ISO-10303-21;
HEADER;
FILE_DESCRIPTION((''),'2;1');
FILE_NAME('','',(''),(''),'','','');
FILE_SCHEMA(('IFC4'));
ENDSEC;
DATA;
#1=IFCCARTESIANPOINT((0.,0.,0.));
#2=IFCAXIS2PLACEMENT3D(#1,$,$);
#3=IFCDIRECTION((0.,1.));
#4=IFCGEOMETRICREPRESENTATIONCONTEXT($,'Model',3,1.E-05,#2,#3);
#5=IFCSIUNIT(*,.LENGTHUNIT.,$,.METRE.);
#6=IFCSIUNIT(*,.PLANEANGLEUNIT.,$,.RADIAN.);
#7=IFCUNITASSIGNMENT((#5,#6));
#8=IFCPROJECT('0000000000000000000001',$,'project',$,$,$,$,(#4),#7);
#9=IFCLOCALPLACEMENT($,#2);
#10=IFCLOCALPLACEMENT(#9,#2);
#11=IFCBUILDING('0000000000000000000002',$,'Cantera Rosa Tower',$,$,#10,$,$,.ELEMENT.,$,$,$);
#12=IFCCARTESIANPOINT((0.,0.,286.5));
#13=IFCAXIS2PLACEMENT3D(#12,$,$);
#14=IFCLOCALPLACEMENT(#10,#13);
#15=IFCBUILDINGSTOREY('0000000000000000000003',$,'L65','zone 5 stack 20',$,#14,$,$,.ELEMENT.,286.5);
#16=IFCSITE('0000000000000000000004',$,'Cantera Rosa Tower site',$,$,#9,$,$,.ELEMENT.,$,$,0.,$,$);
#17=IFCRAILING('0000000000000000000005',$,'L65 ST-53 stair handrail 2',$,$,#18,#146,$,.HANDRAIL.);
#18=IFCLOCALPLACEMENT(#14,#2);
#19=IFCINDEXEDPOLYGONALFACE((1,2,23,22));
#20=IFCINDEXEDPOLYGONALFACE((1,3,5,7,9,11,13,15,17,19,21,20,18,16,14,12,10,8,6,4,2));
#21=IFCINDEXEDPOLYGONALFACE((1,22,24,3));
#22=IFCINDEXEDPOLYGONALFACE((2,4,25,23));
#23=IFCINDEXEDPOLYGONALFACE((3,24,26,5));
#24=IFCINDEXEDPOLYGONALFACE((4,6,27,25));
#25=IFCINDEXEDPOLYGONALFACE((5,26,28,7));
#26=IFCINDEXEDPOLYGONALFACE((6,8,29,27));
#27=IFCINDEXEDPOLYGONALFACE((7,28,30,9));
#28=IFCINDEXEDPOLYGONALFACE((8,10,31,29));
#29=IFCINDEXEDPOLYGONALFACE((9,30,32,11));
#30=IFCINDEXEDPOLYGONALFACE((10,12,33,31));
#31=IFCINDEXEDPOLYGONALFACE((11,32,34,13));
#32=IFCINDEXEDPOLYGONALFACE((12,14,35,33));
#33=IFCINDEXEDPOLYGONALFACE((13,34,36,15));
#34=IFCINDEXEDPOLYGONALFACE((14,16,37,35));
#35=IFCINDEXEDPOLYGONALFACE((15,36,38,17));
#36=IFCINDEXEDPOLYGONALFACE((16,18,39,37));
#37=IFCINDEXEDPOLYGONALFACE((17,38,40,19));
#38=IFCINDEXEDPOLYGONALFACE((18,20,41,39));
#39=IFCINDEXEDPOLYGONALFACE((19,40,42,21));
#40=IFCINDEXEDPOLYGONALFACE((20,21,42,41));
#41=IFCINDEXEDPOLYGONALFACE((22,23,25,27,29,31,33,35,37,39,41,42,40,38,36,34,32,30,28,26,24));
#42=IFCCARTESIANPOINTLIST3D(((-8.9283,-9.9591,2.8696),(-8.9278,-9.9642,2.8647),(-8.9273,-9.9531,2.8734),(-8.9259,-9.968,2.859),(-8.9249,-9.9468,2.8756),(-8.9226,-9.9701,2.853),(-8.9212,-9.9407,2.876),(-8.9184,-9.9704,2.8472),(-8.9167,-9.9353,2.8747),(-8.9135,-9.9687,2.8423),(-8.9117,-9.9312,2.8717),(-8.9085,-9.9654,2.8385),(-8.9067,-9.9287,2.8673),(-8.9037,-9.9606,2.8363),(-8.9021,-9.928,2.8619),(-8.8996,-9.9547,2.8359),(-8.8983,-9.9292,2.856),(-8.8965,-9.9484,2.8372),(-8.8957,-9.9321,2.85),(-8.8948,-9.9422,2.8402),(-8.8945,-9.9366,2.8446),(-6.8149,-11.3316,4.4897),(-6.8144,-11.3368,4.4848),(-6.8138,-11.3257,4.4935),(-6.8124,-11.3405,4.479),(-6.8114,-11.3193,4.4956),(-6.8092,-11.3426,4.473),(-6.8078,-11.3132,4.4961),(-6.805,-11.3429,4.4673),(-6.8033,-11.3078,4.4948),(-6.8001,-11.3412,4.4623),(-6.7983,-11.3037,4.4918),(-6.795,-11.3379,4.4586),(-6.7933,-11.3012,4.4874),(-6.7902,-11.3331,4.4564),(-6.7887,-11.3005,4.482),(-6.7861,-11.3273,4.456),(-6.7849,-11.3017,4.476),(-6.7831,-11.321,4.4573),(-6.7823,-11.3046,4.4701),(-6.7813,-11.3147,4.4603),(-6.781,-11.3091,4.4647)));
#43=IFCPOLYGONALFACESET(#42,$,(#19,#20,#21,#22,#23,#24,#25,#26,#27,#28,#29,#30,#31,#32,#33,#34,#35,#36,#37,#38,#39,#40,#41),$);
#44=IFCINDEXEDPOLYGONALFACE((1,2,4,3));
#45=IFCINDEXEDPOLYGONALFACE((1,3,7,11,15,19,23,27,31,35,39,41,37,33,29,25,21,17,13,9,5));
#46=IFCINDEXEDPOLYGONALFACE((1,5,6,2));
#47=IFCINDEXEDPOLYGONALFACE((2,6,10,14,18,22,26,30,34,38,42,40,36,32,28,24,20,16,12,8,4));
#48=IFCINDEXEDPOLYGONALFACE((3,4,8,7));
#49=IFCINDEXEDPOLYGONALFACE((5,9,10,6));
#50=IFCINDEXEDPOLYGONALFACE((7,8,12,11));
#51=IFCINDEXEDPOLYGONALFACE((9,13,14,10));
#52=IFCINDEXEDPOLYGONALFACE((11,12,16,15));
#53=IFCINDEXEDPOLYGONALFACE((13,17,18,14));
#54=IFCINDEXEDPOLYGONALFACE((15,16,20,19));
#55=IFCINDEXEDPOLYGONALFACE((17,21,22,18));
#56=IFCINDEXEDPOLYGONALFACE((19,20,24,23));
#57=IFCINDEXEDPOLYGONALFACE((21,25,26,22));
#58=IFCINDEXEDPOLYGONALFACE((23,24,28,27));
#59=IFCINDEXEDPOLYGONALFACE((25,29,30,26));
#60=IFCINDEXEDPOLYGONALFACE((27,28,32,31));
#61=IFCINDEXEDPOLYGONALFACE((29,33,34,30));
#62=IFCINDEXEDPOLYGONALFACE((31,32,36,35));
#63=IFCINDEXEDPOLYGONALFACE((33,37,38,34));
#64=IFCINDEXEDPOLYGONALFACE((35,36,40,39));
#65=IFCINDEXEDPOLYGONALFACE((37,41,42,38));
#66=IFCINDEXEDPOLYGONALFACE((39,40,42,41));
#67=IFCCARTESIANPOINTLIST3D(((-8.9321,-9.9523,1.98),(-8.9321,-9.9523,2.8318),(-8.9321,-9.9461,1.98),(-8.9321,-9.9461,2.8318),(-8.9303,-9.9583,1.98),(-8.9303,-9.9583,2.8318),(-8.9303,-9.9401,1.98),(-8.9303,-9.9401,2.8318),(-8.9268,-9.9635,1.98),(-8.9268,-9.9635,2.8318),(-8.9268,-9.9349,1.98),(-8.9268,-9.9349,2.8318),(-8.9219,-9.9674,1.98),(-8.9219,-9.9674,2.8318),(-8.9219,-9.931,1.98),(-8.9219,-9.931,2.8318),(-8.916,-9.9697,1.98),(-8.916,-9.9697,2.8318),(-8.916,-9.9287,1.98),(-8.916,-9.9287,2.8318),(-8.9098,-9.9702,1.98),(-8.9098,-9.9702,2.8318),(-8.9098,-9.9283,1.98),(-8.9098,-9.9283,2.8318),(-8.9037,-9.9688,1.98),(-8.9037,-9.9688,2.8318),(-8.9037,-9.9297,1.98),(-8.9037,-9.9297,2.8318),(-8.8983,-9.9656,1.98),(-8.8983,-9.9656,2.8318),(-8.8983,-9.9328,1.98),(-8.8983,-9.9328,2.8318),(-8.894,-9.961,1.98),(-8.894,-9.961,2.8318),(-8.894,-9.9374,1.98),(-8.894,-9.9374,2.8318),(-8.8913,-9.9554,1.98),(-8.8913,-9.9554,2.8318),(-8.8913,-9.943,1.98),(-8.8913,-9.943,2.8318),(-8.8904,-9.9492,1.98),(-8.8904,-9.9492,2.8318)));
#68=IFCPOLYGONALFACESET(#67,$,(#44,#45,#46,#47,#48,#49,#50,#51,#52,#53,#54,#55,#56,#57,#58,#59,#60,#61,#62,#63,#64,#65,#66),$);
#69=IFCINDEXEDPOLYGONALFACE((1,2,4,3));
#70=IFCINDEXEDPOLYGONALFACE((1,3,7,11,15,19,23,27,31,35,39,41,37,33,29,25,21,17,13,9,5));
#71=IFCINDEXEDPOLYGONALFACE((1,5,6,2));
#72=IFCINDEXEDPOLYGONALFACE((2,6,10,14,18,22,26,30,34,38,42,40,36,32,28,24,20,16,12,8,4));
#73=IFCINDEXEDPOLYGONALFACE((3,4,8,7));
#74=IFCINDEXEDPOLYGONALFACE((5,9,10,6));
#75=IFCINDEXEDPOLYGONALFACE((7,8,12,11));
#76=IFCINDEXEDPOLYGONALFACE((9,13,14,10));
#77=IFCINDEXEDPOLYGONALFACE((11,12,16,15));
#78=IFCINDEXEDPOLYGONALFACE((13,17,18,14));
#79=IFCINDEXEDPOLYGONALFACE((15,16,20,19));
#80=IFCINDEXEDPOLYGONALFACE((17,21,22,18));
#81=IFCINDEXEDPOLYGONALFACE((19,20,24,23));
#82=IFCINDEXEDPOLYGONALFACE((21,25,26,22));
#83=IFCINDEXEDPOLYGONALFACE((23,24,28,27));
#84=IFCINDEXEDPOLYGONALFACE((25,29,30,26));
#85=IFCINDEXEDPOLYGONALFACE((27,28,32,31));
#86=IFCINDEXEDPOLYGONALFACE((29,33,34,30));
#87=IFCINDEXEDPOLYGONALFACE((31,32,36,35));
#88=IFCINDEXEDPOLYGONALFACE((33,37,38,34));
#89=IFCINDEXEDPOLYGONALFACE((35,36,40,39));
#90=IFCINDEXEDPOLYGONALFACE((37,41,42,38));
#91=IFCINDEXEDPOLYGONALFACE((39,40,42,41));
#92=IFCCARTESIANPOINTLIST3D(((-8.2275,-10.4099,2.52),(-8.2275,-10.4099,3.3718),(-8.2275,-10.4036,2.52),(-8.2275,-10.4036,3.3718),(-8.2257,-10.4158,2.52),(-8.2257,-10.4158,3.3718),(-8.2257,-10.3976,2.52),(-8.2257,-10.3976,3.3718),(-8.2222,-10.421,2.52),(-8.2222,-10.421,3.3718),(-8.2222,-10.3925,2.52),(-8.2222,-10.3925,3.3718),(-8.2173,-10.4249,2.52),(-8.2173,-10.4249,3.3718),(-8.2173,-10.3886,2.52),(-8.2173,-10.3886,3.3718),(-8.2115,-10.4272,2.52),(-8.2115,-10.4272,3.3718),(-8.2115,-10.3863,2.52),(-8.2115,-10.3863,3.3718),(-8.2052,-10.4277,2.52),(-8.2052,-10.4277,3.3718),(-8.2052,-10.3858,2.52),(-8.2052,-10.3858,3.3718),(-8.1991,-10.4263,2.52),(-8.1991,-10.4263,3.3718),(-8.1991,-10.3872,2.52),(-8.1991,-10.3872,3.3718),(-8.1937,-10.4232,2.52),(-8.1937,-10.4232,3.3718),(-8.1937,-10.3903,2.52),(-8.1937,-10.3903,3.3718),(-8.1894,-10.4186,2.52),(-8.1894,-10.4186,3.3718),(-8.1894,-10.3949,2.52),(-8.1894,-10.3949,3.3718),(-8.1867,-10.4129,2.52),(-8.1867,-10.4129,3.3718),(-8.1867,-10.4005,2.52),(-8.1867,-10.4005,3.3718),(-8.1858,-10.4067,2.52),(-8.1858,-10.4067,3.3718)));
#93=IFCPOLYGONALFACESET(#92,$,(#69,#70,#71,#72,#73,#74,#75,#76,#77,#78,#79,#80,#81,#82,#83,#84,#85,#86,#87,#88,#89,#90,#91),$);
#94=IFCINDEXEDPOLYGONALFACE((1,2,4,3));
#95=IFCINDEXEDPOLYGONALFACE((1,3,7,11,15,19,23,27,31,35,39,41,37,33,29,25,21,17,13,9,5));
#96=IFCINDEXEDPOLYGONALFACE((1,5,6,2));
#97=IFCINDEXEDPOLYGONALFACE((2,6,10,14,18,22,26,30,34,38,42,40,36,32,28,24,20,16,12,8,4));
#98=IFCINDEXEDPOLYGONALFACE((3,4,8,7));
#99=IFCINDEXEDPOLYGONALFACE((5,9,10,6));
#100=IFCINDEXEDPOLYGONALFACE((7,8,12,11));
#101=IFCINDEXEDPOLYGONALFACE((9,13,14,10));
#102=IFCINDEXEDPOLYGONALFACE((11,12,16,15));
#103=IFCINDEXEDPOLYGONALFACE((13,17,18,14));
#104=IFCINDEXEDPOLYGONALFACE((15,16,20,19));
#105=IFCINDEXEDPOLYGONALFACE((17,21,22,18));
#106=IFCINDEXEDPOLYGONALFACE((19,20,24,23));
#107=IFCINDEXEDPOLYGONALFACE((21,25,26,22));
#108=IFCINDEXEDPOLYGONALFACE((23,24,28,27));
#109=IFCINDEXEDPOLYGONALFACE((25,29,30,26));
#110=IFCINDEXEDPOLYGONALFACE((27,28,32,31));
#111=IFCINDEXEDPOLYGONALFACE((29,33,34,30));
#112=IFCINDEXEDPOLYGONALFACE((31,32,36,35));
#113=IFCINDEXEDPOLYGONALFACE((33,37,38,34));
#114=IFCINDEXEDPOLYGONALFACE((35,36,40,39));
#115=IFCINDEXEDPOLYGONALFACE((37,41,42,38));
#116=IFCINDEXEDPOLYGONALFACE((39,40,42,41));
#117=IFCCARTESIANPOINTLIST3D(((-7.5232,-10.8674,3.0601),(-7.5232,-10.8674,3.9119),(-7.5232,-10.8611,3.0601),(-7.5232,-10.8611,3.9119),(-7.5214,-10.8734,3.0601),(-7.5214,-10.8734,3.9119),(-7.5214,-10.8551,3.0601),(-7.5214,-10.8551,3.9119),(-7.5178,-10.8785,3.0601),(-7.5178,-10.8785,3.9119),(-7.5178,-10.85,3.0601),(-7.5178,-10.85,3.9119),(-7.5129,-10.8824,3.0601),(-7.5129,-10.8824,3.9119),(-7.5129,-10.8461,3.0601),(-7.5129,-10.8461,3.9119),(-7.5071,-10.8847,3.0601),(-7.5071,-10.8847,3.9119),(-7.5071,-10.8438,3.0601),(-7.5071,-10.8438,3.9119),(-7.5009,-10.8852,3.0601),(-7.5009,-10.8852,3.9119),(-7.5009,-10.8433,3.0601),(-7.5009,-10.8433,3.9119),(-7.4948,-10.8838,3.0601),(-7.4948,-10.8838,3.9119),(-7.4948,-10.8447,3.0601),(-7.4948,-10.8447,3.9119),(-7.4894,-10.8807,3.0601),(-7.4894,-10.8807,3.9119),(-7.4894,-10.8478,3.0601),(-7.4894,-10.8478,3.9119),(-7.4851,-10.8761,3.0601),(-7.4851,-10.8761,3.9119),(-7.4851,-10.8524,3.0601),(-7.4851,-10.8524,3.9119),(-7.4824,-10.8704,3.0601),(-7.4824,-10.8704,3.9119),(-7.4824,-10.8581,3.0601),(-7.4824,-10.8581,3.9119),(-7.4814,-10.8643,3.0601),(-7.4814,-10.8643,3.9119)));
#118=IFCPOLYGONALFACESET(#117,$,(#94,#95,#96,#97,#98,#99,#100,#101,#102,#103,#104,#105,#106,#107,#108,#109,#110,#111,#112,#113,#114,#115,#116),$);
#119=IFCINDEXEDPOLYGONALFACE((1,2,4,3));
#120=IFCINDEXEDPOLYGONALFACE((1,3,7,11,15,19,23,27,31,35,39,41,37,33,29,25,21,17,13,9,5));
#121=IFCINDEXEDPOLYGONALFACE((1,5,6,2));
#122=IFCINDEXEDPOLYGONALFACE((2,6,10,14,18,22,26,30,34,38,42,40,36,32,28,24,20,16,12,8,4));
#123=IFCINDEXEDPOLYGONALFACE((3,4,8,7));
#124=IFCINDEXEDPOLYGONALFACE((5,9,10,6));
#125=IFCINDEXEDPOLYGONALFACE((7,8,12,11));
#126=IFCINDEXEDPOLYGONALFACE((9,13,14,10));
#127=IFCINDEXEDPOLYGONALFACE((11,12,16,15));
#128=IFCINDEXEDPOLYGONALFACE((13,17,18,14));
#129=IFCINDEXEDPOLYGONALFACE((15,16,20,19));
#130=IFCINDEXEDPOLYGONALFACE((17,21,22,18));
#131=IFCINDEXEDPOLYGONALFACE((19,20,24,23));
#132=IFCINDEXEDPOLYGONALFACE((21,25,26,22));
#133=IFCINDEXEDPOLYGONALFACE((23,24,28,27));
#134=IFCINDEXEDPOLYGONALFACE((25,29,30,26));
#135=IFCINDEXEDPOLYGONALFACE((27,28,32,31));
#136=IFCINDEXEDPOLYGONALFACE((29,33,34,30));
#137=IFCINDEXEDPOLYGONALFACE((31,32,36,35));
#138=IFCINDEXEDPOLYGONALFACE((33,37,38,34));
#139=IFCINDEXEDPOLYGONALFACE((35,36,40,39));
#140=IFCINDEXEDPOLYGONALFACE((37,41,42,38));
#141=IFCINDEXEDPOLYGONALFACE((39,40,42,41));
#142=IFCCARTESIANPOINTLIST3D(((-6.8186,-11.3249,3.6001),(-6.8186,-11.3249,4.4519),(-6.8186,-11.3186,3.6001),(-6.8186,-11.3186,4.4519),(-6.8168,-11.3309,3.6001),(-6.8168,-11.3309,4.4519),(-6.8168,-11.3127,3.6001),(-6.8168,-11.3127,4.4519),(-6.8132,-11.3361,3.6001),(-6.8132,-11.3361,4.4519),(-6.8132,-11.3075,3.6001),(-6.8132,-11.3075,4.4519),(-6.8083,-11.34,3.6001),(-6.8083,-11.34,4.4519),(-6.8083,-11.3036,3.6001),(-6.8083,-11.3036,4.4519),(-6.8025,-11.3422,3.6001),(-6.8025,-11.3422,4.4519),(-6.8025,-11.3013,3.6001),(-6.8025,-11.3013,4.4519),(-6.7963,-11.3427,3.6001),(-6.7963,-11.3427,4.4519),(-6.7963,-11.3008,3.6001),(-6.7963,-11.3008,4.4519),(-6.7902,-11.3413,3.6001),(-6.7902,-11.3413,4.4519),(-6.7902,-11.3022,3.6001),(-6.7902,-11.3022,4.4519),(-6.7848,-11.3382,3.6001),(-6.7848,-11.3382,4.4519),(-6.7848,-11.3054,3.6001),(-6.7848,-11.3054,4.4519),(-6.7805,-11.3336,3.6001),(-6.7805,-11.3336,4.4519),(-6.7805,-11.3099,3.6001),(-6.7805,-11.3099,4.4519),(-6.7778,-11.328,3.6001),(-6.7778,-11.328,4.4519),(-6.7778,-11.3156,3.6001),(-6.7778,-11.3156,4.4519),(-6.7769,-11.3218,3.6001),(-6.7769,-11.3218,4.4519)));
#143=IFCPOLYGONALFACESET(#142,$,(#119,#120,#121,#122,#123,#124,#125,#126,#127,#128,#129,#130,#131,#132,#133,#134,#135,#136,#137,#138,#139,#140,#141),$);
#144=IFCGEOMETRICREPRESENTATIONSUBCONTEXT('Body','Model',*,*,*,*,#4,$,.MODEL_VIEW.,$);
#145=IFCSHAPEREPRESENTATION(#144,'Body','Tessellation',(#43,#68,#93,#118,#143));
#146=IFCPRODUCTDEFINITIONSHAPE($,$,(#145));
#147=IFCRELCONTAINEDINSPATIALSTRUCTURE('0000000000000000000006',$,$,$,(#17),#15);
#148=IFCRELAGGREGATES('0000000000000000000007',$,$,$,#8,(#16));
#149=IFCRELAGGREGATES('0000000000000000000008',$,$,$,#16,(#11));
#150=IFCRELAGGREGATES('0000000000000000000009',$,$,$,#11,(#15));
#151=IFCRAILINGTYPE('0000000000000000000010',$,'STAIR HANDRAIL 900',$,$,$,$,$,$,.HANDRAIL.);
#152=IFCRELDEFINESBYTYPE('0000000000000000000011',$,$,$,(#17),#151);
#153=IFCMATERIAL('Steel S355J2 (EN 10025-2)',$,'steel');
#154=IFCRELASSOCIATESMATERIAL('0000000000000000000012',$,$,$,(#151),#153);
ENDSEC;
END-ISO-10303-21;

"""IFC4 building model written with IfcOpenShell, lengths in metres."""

from ifc_helpers import new_model, si_unit, direction, frame, origin, origin_2d, place, context, subcontext, project, spatial, circle, extrude, material, type_object, element, save


model = new_model("IFC4")

# Units and contexts
model_context = context("Model", 3, precision=1e-05, world=origin(), true_north=direction((0.0, 1.0)))
body_context = subcontext(model_context, "Body", "Model", "MODEL_VIEW")
ifc_project = project(units=[si_unit("LENGTHUNIT", "METRE"), si_unit("PLANEANGLEUNIT", "RADIAN")], contexts=[model_context])

# Site, building, storey
site_placement = place(None, origin())
site = spatial("IfcSite", under=ifc_project, at=site_placement, Name="Cantera Rosa Tower site", CompositionType="ELEMENT", RefElevation=0.0)
building_placement = place(site_placement, origin())
building = spatial("IfcBuilding", under=site, at=building_placement, Name="Cantera Rosa Tower", CompositionType="ELEMENT")
storey_placement = place(building_placement, frame((0.0, 0.0, 286.5)))
storey = spatial("IfcBuildingStorey", under=building, at=storey_placement, Name="L65", Description="zone 5 stack 20", CompositionType="ELEMENT", Elevation=286.5)

# Railing
ifc_material_1 = material(Name="Steel S355J2 (EN 10025-2)", Category="steel")
railing_type_1 = type_object("IfcRailingType", Name="STAIR HANDRAIL 900", PredefinedType="HANDRAIL", material=ifc_material_1)
railing_1_placement = place(storey_placement, frame((-8.9114, -9.9492, 1.98)))
element("IfcRailing", 1, at=railing_1_placement, inside=storey, type_object=railing_type_1, Name="L65 ST-53 stair handrail 2", PredefinedType="HANDRAIL", context=body_context, shape_type="SweptSolid", body=[
    extrude(circle(Radius=0.0239, at=origin_2d()), frame((0.0, 0.0, 0.876), z_axis=(0.705462, -0.458139, 0.54077), x_axis=(0.544644, 0.838667, 0.0)), (0.0, 0.0, 1.0), 2.9958),
    extrude(circle(Radius=0.021, at=origin_2d()), origin(), (0.0, 0.0, 1.0), 0.8518),
    extrude(circle(Radius=0.021, at=origin_2d()), frame((0.7046, -0.4575, 0.54)), (0.0, 0.0, 1.0), 0.8518),
    extrude(circle(Radius=0.021, at=origin_2d()), frame((1.4089, -0.915, 1.0801)), (0.0, 0.0, 1.0), 0.8518),
    extrude(circle(Radius=0.021, at=origin_2d()), frame((2.1135, -1.3726, 1.6201)), (0.0, 0.0, 1.0), 0.8518),
])

save(model, "model.ifc")
